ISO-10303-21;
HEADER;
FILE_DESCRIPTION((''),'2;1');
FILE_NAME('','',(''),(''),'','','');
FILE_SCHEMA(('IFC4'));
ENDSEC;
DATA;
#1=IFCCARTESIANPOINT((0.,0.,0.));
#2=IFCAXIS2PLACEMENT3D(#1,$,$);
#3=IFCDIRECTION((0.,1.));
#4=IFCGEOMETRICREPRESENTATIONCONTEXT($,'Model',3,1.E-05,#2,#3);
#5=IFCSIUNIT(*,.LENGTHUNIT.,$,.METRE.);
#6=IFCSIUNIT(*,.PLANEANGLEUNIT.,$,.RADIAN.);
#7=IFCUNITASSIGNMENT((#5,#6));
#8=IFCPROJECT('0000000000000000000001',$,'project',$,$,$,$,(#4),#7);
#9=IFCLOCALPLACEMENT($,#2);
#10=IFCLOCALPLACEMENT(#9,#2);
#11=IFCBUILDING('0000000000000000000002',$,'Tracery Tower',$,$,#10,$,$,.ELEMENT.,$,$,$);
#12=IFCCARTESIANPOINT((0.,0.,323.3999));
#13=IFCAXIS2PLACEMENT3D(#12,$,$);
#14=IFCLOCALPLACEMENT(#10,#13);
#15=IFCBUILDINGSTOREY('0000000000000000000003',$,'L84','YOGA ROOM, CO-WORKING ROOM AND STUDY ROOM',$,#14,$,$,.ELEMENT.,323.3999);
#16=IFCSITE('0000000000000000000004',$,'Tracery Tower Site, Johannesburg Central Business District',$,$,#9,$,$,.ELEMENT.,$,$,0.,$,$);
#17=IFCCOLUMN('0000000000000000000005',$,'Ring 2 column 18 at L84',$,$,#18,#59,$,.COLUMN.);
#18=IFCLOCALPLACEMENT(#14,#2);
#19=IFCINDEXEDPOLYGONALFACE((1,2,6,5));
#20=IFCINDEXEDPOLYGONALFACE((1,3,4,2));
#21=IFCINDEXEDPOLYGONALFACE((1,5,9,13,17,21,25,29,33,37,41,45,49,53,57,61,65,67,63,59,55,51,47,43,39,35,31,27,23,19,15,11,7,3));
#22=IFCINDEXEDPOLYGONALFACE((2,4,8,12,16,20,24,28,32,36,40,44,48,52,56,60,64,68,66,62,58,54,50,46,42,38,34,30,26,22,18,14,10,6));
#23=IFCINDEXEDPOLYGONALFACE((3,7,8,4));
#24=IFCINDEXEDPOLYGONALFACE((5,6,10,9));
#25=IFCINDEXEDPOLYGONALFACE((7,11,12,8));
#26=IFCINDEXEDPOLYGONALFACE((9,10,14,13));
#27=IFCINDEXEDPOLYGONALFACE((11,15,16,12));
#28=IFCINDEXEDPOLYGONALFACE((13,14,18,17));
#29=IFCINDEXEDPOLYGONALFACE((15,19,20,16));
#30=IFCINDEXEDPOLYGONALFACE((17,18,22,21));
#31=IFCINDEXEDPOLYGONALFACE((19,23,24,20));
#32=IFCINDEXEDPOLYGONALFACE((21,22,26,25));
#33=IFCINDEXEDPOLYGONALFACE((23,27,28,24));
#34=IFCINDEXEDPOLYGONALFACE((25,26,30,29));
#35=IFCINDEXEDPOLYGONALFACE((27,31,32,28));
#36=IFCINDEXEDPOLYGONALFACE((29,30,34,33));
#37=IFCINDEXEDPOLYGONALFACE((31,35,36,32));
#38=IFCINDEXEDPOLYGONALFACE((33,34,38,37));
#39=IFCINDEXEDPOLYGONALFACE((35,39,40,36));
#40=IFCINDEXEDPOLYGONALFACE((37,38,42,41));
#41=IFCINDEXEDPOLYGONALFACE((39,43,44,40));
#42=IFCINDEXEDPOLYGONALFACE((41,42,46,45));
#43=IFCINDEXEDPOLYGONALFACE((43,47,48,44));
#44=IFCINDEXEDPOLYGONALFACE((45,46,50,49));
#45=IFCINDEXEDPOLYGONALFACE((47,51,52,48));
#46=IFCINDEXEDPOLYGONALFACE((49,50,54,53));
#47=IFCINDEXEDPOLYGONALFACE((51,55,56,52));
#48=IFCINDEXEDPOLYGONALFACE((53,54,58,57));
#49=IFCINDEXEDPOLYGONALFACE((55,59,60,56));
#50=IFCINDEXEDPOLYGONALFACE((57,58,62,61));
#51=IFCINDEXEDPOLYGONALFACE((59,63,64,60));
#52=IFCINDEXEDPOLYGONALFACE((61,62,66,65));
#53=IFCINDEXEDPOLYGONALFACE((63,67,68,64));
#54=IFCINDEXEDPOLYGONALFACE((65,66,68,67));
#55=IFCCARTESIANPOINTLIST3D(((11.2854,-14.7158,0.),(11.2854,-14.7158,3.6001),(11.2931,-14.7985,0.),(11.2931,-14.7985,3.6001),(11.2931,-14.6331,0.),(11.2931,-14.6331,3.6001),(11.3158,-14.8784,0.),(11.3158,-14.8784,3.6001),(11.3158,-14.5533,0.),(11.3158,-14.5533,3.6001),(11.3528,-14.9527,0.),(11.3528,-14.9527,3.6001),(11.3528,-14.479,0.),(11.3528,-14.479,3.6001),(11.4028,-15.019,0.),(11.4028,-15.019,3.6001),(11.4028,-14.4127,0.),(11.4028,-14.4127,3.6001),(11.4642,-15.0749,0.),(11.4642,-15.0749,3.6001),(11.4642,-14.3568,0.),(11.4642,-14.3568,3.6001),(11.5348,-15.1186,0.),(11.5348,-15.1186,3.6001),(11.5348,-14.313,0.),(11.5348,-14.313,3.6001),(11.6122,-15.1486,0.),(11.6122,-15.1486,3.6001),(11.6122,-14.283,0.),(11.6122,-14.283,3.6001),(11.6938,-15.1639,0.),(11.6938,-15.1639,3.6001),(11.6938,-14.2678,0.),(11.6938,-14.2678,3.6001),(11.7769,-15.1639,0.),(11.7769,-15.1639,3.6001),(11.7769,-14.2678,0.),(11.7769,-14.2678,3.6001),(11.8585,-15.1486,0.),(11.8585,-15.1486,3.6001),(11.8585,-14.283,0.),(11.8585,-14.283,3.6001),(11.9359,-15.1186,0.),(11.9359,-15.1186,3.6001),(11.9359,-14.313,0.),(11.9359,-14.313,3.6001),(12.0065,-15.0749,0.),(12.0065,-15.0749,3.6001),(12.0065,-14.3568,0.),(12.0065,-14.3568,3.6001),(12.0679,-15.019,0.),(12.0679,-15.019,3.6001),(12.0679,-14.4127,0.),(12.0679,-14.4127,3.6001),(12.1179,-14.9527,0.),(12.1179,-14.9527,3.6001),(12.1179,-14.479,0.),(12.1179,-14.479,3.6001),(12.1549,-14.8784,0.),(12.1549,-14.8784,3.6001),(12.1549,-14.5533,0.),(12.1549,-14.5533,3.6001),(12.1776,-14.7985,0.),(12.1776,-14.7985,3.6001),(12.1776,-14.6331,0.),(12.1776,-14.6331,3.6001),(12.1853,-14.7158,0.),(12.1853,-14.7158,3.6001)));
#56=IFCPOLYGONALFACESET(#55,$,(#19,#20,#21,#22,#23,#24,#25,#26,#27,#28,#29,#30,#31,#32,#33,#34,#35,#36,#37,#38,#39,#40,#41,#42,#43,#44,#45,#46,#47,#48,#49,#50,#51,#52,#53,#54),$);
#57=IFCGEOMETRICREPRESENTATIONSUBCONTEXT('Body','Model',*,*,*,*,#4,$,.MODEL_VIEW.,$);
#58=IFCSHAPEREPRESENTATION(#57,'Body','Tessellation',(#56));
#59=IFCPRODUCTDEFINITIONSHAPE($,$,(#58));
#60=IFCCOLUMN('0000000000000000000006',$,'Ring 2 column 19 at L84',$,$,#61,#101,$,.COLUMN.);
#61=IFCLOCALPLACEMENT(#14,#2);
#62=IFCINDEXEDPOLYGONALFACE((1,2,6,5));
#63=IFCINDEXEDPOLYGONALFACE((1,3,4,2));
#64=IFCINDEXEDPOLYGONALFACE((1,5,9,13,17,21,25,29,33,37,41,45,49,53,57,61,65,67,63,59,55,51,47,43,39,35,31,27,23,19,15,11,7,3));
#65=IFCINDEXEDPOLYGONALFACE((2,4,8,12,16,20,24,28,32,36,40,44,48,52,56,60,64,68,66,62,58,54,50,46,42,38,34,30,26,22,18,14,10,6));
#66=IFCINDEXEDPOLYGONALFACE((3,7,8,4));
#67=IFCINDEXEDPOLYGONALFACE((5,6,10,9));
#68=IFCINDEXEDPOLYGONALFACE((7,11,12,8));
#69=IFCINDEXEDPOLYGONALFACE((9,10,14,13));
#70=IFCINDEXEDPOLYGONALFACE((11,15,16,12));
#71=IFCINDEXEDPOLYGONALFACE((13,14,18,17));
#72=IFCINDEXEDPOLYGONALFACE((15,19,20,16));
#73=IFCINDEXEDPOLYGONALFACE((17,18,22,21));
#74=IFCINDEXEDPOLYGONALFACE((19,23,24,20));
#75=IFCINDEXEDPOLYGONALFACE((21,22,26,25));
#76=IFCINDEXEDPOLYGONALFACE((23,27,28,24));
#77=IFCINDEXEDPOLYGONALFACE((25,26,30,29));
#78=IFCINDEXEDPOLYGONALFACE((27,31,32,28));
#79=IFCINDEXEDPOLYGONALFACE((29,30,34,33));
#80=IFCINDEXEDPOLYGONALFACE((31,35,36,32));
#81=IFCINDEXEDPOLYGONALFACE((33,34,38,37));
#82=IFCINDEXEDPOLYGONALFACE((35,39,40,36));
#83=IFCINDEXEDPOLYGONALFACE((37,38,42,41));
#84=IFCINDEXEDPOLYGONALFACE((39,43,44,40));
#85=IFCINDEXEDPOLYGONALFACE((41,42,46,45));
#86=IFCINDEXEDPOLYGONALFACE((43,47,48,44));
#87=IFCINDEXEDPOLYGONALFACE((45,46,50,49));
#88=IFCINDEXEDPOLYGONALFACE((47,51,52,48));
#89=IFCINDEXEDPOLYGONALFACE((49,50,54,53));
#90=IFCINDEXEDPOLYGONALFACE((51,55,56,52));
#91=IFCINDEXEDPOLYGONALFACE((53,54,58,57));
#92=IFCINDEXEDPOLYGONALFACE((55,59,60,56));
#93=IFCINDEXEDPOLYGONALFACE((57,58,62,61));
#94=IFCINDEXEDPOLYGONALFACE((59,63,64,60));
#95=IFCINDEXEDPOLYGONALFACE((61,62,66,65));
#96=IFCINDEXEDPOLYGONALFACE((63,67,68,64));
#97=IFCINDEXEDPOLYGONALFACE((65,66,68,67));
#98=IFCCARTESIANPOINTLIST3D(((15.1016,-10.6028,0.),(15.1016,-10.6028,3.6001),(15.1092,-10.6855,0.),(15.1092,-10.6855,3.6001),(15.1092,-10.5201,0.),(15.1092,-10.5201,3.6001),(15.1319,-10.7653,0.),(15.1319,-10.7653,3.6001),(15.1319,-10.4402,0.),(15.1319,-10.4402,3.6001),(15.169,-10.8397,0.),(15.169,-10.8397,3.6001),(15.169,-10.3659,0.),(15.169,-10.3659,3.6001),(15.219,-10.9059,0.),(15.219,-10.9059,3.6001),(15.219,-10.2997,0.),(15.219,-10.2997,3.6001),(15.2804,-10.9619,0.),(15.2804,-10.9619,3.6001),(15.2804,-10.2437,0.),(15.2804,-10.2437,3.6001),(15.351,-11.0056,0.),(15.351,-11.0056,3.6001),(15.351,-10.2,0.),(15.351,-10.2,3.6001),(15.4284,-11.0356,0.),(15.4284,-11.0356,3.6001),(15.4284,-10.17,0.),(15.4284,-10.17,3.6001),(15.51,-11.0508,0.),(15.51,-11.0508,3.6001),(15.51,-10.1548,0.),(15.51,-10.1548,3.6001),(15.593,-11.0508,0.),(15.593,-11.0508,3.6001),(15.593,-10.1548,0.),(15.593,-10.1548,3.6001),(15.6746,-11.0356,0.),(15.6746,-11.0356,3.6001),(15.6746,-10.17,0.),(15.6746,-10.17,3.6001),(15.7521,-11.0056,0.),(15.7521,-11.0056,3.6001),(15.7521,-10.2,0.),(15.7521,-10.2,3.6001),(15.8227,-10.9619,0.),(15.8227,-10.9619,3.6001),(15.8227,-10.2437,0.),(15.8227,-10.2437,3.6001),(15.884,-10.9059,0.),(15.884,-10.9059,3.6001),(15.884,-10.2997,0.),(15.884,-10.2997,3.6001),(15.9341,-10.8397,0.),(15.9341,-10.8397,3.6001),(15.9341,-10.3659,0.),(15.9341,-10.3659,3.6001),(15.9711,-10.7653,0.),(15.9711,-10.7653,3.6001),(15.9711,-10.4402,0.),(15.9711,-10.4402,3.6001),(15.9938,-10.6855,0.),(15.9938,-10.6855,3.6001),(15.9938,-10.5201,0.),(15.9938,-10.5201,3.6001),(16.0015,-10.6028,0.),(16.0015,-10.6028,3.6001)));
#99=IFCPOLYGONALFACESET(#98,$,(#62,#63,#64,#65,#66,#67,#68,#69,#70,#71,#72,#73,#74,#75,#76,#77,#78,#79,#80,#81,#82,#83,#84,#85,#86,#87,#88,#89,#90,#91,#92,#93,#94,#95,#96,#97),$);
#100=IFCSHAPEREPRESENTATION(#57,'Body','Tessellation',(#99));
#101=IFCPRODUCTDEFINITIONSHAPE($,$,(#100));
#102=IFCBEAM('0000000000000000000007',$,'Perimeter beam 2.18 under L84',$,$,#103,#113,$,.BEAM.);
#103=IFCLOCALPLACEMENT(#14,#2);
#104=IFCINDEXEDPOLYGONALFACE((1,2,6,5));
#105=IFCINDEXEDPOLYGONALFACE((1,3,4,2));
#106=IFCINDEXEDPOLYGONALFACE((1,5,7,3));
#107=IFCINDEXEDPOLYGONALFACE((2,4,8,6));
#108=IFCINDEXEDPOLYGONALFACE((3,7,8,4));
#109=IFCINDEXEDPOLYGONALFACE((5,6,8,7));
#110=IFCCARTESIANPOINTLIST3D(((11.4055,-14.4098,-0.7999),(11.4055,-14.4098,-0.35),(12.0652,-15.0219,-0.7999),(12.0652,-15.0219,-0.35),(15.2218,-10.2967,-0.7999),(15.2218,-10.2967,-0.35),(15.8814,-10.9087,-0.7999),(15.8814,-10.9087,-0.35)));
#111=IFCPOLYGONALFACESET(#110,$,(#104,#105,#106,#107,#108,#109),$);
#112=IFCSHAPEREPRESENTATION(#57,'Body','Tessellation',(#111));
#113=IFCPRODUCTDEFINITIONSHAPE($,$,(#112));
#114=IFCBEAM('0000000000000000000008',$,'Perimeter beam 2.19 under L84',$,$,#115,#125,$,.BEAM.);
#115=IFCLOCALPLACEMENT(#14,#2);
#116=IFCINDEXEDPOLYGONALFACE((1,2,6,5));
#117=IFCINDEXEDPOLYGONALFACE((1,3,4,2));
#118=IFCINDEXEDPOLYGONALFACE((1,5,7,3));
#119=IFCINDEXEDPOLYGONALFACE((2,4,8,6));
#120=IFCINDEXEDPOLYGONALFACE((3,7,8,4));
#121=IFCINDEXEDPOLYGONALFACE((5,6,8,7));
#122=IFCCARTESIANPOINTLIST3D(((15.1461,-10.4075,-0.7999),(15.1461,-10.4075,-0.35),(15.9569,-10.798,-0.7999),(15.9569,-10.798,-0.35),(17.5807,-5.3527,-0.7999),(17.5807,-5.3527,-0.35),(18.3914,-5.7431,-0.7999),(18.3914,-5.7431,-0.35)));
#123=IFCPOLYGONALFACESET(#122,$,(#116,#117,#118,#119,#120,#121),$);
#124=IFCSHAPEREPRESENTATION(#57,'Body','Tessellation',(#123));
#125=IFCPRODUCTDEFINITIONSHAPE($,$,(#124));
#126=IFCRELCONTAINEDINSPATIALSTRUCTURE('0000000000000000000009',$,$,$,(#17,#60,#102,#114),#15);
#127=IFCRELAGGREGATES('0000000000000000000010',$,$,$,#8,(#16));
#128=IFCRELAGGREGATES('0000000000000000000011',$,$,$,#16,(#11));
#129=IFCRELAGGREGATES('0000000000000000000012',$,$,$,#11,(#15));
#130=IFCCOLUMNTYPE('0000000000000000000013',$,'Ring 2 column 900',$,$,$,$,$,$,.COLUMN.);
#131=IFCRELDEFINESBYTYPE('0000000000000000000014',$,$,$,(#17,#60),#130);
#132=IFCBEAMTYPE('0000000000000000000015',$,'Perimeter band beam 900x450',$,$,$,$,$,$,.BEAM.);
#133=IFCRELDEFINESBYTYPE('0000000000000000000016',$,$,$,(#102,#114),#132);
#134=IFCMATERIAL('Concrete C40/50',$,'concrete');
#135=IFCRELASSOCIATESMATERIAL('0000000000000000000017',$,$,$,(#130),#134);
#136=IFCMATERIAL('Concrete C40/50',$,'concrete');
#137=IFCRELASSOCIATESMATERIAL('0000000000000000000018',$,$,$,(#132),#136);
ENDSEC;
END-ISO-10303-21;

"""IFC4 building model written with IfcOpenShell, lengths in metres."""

from ifc_helpers import new_model, si_unit, direction, frame, origin, origin_2d, place, context, subcontext, project, spatial, rectangle, circle, extrude, material, material_profile, profile_set, type_object, element, save


model = new_model("IFC4")

# Units and contexts
model_context = context("Model", 3, precision=1e-05, world=origin(), true_north=direction((0.0, 1.0)))
body_context = subcontext(model_context, "Body", "Model", "MODEL_VIEW")
ifc_project = project(units=[si_unit("LENGTHUNIT", "METRE"), si_unit("PLANEANGLEUNIT", "RADIAN")], contexts=[model_context])

# Site, building, storey
site_placement = place(None, origin())
site = spatial("IfcSite", under=ifc_project, at=site_placement, Name="Tracery Tower Site, Johannesburg Central Business District", CompositionType="ELEMENT", RefElevation=0.0)
building_placement = place(site_placement, origin())
building = spatial("IfcBuilding", under=site, at=building_placement, Name="Tracery Tower", CompositionType="ELEMENT")
storey_placement = place(building_placement, frame((0.0, 0.0, 323.3999)))
storey = spatial("IfcBuildingStorey", under=building, at=storey_placement, Name="L84", Description="YOGA ROOM, CO-WORKING ROOM AND STUDY ROOM", CompositionType="ELEMENT", Elevation=323.3999)

# Columns
ifc_material_1 = material(Name="Concrete C40/50", Category="concrete")
ifc_material_profile_1 = material_profile(ifc_material_1, circle(Radius=0.45, at=origin_2d()), Name="RC D900")
ifc_profile_set_1 = profile_set([ifc_material_profile_1], Name="Concrete C40/50")
column_type = type_object("IfcColumnType", Name="Ring 2 column 900", PredefinedType="COLUMN", material=ifc_profile_set_1)
for number, where, z_axis, x_axis, name in (
    (1, (11.7354, -14.7158, 0.0), (0.0, 0.0, 1.0), (1.0, 0.0, 0.0), "Ring 2 column 18 at L84"),
    (2, (15.5515, -10.6028, 0.0), (0.0, 0.0, 1.0), (1.0, 0.0, 0.0), "Ring 2 column 19 at L84"),
):
    element("IfcColumn", number, at=place(storey_placement, frame(where, z_axis=z_axis, x_axis=x_axis)), inside=storey, type_object=column_type, Name=name, PredefinedType="COLUMN", context=body_context, shape_type="SweptSolid", body=[
        extrude(circle(Radius=0.45, at=origin_2d()), origin(), (0.0, 0.0, 1.0), 3.6001),
    ])

# Beams
ifc_material_2 = material(Name="Concrete C40/50", Category="concrete")
ifc_material_profile_2 = material_profile(ifc_material_2, rectangle(XDim=0.8999, YDim=0.45, at=origin_2d()), Name="RC 900x450")
ifc_profile_set_2 = profile_set([ifc_material_profile_2], Name="Concrete C40/50")
beam_type = type_object("IfcBeamType", Name="Perimeter band beam 900x450", PredefinedType="BEAM", material=ifc_profile_set_2)
beam_1_placement = place(storey_placement, frame((11.7354, -14.7158, -0.575), z_axis=(0.680156, 0.733068, 0.0), x_axis=(-0.733068, 0.680156, 0.0)))
element("IfcBeam", 3, at=beam_1_placement, inside=storey, type_object=beam_type, Name="Perimeter beam 2.18 under L84", PredefinedType="BEAM", context=body_context, shape_type="SweptSolid", body=[
    extrude(rectangle(XDim=0.8999, YDim=0.45, at=origin_2d()), origin(), (0.0, 0.0, 1.0), 5.6108),
])
beam_2_placement = place(storey_placement, frame((15.5515, -10.6028, -0.575), z_axis=(0.433919, 0.900952, 0.0), x_axis=(-0.900952, 0.433919, 0.0)))
element("IfcBeam", 4, at=beam_2_placement, inside=storey, type_object=beam_type, Name="Perimeter beam 2.19 under L84", PredefinedType="BEAM", context=body_context, shape_type="SweptSolid", body=[
    extrude(rectangle(XDim=0.8999, YDim=0.45, at=origin_2d()), origin(), (0.0, 0.0, 1.0), 5.6106),
])

save(model, "model.ifc")
